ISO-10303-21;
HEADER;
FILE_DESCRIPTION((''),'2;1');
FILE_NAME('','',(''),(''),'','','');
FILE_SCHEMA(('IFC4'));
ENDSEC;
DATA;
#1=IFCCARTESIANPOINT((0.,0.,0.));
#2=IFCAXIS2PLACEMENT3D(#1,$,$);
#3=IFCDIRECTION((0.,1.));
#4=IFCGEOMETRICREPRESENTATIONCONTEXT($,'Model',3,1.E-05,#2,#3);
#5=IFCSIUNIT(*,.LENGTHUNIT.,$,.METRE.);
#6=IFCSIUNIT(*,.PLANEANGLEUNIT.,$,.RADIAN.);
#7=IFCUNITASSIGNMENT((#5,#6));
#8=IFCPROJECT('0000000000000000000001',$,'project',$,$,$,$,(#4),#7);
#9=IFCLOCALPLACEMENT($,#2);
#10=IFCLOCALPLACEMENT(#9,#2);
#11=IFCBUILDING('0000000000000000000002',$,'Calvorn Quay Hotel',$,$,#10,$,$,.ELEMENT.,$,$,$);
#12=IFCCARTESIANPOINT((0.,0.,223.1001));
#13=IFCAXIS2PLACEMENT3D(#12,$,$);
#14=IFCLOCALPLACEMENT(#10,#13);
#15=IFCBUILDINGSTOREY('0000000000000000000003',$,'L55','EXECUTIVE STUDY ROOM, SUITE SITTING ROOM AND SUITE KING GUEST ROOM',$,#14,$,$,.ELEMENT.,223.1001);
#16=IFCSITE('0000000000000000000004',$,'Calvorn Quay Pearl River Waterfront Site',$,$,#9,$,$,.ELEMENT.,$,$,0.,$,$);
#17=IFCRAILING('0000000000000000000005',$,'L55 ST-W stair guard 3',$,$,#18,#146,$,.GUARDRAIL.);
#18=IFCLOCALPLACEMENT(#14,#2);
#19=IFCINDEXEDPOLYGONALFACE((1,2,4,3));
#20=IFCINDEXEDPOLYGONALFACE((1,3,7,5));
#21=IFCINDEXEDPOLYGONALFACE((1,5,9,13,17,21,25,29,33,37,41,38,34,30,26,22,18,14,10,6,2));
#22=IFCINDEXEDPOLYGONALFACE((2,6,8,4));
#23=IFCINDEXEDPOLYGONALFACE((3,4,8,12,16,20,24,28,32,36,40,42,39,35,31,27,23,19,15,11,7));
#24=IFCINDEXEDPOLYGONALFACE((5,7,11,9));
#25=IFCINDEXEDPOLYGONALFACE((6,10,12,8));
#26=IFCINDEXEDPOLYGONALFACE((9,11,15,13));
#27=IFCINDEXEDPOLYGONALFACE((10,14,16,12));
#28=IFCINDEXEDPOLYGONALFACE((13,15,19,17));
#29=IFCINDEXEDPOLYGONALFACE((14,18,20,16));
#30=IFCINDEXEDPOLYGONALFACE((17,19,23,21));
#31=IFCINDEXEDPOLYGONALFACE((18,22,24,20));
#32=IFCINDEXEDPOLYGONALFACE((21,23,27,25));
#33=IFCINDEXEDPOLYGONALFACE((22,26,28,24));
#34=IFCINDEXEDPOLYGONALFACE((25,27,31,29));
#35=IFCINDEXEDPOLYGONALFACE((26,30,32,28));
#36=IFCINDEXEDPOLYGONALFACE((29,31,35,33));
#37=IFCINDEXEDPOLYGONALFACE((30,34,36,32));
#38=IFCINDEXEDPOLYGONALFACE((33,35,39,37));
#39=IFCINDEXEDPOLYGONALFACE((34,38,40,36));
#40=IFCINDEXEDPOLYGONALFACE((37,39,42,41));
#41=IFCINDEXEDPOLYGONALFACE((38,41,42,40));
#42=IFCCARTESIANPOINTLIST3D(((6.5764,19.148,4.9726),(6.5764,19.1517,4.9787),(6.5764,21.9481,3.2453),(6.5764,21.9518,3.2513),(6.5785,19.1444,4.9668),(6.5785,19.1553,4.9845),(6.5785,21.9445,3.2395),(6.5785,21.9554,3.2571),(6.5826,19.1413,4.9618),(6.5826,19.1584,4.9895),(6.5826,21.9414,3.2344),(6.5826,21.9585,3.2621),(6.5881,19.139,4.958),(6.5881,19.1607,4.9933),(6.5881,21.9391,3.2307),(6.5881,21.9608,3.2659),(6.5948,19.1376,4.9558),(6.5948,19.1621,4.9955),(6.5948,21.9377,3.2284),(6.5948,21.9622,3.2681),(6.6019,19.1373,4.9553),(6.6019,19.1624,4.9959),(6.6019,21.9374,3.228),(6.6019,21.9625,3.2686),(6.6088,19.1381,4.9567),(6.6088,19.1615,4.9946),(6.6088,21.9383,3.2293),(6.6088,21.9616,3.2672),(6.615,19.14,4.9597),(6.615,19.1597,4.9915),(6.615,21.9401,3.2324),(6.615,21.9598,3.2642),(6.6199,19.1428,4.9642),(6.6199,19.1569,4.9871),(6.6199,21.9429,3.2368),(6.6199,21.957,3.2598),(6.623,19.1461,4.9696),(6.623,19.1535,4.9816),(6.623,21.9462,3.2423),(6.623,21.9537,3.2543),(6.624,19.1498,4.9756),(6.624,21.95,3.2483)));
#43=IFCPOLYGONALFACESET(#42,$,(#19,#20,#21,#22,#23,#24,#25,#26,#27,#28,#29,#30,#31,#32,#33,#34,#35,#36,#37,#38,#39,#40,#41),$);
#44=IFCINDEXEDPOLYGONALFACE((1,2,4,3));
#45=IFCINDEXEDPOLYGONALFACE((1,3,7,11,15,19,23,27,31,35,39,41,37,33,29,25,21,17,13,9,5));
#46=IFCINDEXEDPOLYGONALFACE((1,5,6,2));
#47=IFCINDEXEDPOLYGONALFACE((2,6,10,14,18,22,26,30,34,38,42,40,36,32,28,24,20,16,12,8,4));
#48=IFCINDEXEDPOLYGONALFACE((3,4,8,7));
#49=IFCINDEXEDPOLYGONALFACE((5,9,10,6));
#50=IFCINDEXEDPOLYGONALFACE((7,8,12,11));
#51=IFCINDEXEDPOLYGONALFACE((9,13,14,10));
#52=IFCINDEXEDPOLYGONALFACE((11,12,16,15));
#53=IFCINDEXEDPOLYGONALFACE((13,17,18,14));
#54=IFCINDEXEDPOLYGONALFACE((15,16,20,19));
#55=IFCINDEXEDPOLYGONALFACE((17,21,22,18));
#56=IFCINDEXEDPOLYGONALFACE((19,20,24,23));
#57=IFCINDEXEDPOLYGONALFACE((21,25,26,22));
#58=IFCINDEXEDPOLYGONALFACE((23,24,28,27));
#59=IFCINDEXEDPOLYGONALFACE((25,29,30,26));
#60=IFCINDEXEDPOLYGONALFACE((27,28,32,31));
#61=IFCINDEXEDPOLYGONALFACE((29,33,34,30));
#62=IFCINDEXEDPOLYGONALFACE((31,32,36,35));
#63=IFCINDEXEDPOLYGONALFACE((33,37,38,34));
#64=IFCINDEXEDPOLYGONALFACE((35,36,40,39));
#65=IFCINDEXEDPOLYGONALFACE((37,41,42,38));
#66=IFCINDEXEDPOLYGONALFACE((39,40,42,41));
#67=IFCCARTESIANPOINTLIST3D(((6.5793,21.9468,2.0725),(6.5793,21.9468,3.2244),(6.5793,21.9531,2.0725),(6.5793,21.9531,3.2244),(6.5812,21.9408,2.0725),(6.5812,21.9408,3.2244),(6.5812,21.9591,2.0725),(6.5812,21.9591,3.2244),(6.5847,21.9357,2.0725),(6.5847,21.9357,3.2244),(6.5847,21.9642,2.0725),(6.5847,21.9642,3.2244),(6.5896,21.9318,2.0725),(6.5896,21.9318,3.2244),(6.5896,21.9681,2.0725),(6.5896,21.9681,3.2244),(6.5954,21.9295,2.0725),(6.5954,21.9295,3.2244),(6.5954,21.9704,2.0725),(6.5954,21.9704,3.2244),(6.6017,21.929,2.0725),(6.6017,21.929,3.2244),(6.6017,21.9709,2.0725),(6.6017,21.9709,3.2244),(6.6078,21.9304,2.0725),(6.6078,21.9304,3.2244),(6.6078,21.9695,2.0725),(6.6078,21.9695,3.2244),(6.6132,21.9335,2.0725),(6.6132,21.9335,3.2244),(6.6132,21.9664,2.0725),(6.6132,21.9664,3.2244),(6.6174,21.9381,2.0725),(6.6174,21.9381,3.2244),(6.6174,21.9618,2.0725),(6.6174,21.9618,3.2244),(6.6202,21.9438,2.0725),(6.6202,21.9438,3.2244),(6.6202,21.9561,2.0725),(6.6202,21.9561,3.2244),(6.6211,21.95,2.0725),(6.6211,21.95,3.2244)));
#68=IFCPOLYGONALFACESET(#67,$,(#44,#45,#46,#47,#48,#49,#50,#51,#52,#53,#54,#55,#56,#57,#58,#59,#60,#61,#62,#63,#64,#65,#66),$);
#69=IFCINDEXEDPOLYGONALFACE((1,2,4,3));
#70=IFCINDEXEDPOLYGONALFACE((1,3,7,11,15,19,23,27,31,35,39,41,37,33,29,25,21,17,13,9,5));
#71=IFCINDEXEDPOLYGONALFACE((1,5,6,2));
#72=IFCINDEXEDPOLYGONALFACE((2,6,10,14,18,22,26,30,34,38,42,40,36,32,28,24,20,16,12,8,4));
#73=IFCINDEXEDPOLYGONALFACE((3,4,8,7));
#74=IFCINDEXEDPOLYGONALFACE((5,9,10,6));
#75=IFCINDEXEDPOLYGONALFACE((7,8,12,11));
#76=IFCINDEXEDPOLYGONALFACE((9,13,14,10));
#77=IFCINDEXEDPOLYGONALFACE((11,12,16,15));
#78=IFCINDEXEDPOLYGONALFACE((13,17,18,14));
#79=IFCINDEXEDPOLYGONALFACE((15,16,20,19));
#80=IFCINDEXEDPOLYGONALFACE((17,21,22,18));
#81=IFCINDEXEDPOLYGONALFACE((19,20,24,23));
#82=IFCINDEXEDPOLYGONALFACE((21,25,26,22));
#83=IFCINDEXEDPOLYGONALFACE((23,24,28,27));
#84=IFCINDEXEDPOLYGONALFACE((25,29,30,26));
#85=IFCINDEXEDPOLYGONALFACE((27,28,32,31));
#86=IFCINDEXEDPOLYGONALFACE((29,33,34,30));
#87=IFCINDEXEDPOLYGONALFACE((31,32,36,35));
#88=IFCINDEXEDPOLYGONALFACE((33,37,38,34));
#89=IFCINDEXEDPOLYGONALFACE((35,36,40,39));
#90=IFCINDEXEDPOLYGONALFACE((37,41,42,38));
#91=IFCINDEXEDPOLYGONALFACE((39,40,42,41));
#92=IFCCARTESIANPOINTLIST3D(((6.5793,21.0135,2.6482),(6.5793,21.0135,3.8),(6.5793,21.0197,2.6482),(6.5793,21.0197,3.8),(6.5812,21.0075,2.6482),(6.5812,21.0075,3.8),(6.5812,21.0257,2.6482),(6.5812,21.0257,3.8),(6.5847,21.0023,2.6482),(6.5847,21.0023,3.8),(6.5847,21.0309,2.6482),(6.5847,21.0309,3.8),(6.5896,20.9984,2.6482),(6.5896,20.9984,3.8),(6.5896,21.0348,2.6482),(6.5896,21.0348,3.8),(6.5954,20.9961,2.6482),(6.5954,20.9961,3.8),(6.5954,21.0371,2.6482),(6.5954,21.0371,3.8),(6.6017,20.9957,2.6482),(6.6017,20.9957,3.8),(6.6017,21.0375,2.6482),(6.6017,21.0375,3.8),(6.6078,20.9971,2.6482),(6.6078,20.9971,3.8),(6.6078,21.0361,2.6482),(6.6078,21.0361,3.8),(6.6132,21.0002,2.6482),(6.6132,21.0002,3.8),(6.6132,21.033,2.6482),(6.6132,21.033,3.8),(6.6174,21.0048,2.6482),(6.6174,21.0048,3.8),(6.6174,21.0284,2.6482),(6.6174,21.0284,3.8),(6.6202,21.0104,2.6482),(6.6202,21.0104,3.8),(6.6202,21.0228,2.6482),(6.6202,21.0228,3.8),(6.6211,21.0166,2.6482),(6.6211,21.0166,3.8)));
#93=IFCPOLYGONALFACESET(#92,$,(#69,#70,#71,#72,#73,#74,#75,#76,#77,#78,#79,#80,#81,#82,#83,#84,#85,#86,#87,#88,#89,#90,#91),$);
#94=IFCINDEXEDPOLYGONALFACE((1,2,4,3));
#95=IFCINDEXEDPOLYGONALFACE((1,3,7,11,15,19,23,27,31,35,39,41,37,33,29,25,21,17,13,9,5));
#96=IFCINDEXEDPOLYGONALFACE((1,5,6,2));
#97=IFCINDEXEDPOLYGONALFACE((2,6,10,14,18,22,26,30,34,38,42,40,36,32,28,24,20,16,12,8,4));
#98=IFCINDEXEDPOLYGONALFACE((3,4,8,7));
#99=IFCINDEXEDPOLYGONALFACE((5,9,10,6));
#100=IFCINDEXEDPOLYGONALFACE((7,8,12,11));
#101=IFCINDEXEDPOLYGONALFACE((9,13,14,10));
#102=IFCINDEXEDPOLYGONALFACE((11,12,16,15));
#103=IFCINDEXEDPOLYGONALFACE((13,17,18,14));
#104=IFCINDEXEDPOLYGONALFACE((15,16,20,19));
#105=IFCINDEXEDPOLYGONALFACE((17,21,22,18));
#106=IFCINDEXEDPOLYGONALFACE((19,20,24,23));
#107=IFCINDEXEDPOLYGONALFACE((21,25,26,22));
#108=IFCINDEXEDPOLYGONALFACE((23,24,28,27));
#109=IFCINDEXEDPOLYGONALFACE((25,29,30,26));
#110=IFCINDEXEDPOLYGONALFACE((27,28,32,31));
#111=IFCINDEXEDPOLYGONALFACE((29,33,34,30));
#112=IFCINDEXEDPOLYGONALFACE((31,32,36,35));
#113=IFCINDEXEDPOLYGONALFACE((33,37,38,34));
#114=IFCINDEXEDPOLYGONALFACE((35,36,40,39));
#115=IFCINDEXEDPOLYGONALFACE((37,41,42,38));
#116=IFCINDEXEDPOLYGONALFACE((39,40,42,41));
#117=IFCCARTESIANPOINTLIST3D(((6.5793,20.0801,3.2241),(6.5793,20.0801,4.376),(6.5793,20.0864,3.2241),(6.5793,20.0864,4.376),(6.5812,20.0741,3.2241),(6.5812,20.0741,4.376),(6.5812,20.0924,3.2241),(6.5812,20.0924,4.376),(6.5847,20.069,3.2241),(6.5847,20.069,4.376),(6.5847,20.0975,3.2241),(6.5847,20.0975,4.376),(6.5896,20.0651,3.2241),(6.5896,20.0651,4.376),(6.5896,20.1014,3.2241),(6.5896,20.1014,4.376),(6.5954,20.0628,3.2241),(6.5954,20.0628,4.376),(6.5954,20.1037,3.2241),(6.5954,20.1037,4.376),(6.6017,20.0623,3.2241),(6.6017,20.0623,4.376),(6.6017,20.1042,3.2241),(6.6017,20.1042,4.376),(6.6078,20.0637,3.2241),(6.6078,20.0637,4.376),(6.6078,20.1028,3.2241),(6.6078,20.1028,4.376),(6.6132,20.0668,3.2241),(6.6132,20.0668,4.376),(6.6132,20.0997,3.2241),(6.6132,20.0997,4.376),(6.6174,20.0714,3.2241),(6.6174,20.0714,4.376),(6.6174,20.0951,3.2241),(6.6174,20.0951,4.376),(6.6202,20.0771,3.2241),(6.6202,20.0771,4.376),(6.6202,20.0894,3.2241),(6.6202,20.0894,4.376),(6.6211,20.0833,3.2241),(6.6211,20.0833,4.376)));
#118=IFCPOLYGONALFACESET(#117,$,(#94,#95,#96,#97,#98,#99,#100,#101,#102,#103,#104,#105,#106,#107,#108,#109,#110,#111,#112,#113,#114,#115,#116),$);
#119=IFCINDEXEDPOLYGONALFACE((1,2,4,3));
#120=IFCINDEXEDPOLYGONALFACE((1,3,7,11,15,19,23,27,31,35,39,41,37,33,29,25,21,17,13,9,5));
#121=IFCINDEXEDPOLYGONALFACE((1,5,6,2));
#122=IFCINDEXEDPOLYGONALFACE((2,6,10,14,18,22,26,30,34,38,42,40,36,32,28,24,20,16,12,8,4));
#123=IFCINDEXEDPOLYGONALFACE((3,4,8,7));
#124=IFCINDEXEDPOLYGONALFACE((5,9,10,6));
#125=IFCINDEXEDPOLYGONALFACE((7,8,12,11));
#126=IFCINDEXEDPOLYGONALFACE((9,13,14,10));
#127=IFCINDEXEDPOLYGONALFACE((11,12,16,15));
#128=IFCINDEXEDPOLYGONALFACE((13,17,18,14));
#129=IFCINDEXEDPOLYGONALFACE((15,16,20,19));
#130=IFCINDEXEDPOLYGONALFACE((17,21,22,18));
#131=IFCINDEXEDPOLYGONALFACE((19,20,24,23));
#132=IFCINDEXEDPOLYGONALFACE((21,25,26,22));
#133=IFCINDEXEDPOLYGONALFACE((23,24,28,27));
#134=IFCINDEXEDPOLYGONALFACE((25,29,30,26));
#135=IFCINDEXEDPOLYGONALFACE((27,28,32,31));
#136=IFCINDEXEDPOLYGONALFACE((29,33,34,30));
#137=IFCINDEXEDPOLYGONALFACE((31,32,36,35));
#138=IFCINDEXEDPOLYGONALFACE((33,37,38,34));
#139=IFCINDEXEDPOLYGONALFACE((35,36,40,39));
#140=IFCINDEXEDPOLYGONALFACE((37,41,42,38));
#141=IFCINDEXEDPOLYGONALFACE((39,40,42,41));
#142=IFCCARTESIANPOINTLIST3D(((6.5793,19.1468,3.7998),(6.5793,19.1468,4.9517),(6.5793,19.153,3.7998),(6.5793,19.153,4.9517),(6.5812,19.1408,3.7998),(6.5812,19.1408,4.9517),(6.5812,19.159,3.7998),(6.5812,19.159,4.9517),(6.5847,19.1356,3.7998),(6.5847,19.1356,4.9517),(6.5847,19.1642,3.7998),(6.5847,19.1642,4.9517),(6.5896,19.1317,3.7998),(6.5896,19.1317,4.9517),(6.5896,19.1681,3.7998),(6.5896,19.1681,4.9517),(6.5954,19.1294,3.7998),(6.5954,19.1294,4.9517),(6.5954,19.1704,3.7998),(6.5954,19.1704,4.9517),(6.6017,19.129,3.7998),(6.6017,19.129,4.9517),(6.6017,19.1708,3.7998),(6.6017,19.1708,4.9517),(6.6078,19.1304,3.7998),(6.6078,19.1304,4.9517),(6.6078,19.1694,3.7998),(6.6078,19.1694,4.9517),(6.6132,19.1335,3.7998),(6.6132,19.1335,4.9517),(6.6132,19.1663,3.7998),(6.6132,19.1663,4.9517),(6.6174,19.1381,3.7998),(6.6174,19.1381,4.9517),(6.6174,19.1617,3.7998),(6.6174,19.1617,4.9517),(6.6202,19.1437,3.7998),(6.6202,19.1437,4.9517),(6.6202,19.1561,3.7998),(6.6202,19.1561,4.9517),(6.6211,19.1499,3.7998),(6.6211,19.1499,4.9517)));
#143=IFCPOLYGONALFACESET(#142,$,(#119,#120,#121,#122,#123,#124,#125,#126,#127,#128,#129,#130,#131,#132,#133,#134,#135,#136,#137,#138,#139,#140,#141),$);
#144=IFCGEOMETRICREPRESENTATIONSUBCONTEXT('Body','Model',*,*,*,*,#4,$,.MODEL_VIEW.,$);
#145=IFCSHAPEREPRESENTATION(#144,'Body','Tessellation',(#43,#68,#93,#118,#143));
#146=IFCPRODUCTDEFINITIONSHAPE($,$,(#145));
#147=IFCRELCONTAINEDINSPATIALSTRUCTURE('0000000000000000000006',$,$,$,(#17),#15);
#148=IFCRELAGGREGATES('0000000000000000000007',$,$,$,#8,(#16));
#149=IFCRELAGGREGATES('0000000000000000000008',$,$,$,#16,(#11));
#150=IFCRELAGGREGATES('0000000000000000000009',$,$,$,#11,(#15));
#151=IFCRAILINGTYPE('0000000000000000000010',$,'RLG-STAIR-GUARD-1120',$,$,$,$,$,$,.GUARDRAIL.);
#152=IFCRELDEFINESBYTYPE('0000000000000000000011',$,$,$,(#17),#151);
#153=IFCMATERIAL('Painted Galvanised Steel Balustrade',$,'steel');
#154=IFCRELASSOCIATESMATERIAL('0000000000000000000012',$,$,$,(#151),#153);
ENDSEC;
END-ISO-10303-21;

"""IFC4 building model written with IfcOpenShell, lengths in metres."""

from ifc_helpers import new_model, si_unit, direction, frame, origin, origin_2d, place, context, subcontext, project, spatial, circle, extrude, material, type_object, element, save


model = new_model("IFC4")

# Units and contexts
model_context = context("Model", 3, precision=1e-05, world=origin(), true_north=direction((0.0, 1.0)))
body_context = subcontext(model_context, "Body", "Model", "MODEL_VIEW")
ifc_project = project(units=[si_unit("LENGTHUNIT", "METRE"), si_unit("PLANEANGLEUNIT", "RADIAN")], contexts=[model_context])

# Site, building, storey
site_placement = place(None, origin())
site = spatial("IfcSite", under=ifc_project, at=site_placement, Name="Calvorn Quay Pearl River Waterfront Site", CompositionType="ELEMENT", RefElevation=0.0)
building_placement = place(site_placement, origin())
building = spatial("IfcBuilding", under=site, at=building_placement, Name="Calvorn Quay Hotel", CompositionType="ELEMENT")
storey_placement = place(building_placement, frame((0.0, 0.0, 223.1001)))
storey = spatial("IfcBuildingStorey", under=building, at=storey_placement, Name="L55", Description="EXECUTIVE STUDY ROOM, SUITE SITTING ROOM AND SUITE KING GUEST ROOM", CompositionType="ELEMENT", Elevation=223.1001)

# Railing
ifc_material_1 = material(Name="Painted Galvanised Steel Balustrade", Category="steel")
railing_type_1 = type_object("IfcRailingType", Name="RLG-STAIR-GUARD-1120", PredefinedType="GUARDRAIL", material=ifc_material_1)
railing_1_placement = place(storey_placement, frame((6.6001, 21.95, 2.0725)))
element("IfcRailing", 1, at=railing_1_placement, inside=storey, type_object=railing_type_1, Name="L55 ST-W stair guard 3", PredefinedType="GUARDRAIL", context=body_context, shape_type="SweptSolid", body=[
    extrude(circle(Radius=0.0239, at=origin_2d()), frame((0.0, 0.0, 1.1758), z_axis=(0.0, -0.85109, 0.52502), x_axis=(1.0, 0.0, 0.0)), (0.0, 0.0, 1.0), 3.29),
    extrude(circle(Radius=0.021, at=origin_2d()), origin(), (0.0, 0.0, 1.0), 1.1519),
    extrude(circle(Radius=0.021, at=origin_2d()), frame((0.0, -0.9333, 0.5757)), (0.0, 0.0, 1.0), 1.1519),
    extrude(circle(Radius=0.021, at=origin_2d()), frame((0.0, -1.8667, 1.1516)), (0.0, 0.0, 1.0), 1.1519),
    extrude(circle(Radius=0.021, at=origin_2d()), frame((0.0, -2.8, 1.7273)), (0.0, 0.0, 1.0), 1.1519),
])

save(model, "model.ifc")
